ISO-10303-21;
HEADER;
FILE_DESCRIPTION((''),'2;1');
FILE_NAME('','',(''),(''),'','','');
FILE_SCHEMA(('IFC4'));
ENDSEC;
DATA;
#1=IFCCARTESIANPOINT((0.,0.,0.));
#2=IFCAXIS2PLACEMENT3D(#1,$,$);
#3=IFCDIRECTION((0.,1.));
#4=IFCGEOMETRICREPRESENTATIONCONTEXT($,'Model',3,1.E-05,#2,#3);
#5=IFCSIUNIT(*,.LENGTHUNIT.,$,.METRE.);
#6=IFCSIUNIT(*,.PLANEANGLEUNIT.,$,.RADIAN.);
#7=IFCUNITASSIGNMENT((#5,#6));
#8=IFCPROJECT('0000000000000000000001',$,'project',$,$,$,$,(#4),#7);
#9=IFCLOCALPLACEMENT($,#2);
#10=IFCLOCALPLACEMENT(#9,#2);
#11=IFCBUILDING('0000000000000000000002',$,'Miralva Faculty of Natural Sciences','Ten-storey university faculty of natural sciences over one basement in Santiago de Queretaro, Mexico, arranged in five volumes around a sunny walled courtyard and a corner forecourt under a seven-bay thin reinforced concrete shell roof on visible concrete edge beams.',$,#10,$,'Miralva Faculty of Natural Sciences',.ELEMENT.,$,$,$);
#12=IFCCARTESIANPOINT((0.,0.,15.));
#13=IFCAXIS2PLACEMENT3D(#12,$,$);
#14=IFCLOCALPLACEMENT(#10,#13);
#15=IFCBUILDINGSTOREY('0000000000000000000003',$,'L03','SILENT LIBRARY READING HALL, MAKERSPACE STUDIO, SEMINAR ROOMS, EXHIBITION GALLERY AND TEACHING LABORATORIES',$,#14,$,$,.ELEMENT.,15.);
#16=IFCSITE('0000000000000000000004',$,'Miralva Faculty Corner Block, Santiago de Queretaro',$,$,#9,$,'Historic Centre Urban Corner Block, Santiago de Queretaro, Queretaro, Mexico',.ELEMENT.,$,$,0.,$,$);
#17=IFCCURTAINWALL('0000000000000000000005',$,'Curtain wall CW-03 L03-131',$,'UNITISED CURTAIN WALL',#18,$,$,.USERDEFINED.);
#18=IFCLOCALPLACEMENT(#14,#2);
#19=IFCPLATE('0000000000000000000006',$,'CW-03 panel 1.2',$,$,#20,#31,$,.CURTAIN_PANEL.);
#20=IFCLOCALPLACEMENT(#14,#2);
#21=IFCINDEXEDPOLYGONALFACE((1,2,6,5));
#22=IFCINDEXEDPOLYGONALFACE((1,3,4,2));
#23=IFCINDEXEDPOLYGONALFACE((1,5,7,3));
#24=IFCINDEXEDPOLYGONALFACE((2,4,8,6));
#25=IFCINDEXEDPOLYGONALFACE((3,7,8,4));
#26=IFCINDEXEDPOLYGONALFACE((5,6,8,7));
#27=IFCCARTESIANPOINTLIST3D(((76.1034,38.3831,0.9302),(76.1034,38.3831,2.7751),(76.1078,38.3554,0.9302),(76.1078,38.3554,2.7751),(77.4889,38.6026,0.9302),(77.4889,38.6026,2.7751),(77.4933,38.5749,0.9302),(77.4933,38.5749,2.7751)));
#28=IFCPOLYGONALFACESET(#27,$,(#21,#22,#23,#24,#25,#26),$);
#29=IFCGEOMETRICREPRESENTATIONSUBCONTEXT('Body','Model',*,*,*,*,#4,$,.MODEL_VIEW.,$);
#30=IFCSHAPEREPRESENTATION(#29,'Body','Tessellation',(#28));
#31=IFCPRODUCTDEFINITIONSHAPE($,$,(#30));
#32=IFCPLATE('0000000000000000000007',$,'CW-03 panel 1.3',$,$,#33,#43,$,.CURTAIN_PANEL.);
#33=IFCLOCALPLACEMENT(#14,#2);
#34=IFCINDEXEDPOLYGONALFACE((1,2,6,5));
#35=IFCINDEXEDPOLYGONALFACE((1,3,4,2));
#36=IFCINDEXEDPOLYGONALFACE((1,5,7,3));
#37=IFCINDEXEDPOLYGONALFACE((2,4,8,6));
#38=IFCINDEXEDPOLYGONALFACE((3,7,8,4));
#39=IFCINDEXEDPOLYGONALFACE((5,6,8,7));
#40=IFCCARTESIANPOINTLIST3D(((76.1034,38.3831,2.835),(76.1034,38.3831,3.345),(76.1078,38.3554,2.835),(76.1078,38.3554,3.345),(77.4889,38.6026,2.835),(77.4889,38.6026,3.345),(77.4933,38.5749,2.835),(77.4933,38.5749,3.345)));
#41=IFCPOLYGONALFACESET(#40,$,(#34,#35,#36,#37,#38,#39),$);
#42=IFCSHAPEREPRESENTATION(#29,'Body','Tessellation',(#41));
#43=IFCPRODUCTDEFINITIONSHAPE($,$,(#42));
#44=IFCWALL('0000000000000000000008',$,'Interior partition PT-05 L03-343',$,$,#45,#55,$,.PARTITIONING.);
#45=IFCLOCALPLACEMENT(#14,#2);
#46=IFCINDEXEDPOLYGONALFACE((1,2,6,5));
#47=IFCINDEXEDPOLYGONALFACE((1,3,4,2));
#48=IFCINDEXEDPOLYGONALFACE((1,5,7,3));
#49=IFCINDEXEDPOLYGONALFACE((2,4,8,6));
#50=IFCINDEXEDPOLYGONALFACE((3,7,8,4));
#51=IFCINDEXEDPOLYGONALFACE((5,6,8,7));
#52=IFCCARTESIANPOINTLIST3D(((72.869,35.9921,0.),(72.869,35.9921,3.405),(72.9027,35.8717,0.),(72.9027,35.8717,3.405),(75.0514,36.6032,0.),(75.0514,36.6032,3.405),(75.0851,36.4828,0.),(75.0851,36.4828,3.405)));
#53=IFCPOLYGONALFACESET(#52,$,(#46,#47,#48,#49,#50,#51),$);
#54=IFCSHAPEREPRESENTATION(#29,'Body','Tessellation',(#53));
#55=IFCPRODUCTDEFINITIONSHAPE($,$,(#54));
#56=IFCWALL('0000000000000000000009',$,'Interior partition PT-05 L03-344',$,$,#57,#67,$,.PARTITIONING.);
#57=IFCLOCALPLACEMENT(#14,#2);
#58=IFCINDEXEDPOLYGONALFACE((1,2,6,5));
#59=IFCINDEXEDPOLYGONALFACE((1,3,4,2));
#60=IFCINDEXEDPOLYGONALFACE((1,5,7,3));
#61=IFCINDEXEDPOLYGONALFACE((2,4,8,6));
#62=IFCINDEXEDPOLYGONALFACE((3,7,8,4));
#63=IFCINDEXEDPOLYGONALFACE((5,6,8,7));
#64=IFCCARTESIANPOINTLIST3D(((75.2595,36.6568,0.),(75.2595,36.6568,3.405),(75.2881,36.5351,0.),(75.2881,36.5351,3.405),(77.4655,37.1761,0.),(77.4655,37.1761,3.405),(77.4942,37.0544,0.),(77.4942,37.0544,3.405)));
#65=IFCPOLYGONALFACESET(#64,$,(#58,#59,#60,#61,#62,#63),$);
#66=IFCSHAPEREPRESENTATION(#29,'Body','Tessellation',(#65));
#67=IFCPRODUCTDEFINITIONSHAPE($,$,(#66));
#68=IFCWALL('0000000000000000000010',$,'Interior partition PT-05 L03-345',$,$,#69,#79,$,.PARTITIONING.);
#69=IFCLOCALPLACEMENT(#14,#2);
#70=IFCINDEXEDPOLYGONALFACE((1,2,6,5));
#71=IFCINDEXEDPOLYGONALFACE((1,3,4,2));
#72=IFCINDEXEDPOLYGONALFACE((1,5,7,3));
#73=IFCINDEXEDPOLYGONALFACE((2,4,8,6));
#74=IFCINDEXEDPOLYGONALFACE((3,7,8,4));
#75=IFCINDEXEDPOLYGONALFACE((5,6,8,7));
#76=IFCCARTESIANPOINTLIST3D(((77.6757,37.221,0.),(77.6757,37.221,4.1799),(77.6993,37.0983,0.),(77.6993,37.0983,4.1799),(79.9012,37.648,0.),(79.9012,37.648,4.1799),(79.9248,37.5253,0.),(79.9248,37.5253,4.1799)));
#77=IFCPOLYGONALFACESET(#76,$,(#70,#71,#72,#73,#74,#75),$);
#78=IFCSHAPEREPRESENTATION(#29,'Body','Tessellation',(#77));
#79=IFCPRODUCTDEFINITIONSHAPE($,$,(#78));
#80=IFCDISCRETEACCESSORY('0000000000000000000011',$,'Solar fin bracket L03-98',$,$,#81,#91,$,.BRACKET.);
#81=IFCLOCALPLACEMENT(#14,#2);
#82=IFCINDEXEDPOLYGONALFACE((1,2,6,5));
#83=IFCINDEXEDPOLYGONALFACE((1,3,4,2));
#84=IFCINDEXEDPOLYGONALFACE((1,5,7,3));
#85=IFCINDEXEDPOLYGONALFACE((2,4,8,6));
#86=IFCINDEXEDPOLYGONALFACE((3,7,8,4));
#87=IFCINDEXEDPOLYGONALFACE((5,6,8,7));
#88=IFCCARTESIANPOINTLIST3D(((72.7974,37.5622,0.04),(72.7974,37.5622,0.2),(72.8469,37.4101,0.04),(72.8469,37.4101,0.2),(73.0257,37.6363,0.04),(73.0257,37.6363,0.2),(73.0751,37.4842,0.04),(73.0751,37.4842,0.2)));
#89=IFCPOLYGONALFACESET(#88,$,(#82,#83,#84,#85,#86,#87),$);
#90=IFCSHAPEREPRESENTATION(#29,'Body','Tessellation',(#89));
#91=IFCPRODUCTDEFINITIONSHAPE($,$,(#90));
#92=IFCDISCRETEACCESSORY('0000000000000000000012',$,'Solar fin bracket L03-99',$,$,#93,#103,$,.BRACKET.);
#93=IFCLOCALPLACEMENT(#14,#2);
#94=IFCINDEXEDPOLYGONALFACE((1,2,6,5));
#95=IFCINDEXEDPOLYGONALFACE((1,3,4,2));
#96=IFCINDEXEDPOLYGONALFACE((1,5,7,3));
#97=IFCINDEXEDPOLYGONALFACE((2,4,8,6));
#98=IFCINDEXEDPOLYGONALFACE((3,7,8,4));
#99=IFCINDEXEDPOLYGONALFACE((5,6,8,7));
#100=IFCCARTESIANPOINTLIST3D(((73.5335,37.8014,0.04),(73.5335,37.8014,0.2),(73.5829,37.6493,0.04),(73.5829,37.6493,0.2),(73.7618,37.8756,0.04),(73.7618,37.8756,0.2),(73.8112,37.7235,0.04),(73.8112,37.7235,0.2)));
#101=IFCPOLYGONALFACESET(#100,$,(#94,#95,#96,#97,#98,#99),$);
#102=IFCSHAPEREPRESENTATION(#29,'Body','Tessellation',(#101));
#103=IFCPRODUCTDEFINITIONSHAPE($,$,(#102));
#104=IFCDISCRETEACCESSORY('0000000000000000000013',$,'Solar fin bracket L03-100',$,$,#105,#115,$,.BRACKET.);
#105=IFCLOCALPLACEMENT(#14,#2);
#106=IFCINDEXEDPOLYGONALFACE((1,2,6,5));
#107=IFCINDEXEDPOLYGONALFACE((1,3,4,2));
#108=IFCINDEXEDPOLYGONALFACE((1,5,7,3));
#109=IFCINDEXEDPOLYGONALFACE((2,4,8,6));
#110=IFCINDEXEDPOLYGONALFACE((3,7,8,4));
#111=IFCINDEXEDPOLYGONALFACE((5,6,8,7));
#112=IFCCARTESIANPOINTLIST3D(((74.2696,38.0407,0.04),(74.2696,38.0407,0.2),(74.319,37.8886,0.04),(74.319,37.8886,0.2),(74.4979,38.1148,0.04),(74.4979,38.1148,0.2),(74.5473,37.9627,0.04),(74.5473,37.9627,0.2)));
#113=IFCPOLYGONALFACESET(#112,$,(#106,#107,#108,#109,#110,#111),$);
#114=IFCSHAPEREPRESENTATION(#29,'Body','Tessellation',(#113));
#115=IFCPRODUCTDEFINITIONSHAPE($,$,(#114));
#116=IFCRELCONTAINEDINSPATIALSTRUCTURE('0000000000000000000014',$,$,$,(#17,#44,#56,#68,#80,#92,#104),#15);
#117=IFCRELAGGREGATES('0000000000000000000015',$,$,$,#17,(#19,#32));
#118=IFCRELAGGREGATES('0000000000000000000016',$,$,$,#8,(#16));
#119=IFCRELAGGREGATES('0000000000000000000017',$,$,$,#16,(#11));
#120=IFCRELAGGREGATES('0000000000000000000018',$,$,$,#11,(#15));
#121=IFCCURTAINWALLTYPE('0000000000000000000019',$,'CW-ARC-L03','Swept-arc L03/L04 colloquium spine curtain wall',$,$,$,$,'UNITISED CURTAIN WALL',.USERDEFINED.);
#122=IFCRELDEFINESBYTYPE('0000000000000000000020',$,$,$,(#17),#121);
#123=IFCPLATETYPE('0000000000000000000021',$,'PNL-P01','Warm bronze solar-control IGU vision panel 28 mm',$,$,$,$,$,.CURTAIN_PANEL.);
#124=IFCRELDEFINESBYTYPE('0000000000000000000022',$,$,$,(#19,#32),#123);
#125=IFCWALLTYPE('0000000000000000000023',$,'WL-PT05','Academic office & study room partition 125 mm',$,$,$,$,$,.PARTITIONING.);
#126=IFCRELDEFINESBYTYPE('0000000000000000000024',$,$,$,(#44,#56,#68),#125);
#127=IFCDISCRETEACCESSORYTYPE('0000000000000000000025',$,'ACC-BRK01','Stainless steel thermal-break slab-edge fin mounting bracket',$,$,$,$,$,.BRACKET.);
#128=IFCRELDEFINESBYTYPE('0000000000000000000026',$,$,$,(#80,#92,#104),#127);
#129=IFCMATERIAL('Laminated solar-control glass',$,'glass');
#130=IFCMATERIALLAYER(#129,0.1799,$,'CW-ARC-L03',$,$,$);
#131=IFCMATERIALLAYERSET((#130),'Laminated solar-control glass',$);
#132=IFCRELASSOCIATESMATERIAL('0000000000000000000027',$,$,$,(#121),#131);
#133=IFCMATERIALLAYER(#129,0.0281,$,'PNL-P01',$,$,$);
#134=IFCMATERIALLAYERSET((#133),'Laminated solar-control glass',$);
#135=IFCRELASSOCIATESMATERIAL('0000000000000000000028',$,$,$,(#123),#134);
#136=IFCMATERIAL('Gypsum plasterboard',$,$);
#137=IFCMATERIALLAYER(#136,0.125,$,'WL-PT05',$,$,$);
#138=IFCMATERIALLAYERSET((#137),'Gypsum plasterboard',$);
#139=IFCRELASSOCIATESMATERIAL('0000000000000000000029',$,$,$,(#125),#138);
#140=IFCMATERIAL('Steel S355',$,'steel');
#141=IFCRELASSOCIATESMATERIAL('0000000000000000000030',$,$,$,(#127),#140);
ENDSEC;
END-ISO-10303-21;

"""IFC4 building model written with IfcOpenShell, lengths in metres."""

from ifc_helpers import new_model, si_unit, direction, frame, frame_2d, origin, origin_2d, place, context, subcontext, project, spatial, rectangle, extrude, material, layer, layer_set, type_object, element, aggregate, save


model = new_model("IFC4")

# Units and contexts
model_context = context("Model", 3, precision=1e-05, world=origin(), true_north=direction((0.0, 1.0)))
body_context = subcontext(model_context, "Body", "Model", "MODEL_VIEW")
ifc_project = project(units=[si_unit("LENGTHUNIT", "METRE"), si_unit("PLANEANGLEUNIT", "RADIAN")], contexts=[model_context])

# Site, building, storey
site_placement = place(None, origin())
site = spatial("IfcSite", under=ifc_project, at=site_placement, Name="Miralva Faculty Corner Block, Santiago de Queretaro", LongName="Historic Centre Urban Corner Block, Santiago de Queretaro, Queretaro, Mexico", CompositionType="ELEMENT", RefElevation=0.0)
building_placement = place(site_placement, origin())
building = spatial("IfcBuilding", under=site, at=building_placement, Name="Miralva Faculty of Natural Sciences", Description="Ten-storey university faculty of natural sciences over one basement in Santiago de Queretaro, Mexico, arranged in five volumes around a sunny walled courtyard and a corner forecourt under a seven-bay thin reinforced concrete shell roof on visible concrete edge beams.", LongName="Miralva Faculty of Natural Sciences", CompositionType="ELEMENT")
storey_placement = place(building_placement, frame((0.0, 0.0, 15.0)))
storey = spatial("IfcBuildingStorey", under=building, at=storey_placement, Name="L03", Description="SILENT LIBRARY READING HALL, MAKERSPACE STUDIO, SEMINAR ROOMS, EXHIBITION GALLERY AND TEACHING LABORATORIES", CompositionType="ELEMENT", Elevation=15.0)

# Curtain wall
ifc_material_1 = material(Name="Laminated solar-control glass", Category="glass")
ifc_layer_1 = layer(ifc_material_1, 0.1799, Name="CW-ARC-L03")
ifc_layer_set_1 = layer_set([ifc_layer_1], Name="Laminated solar-control glass")
curtain_wall_type = type_object("IfcCurtainWallType", Name="CW-ARC-L03", Description="Swept-arc L03/L04 colloquium spine curtain wall", ElementType="UNITISED CURTAIN WALL", PredefinedType="USERDEFINED", material=ifc_layer_set_1)
curtain_wall_1_placement = place(storey_placement, origin())
curtain_wall_1 = element("IfcCurtainWall", 1, at=curtain_wall_1_placement, inside=storey, type_object=curtain_wall_type, Name="Curtain wall CW-03 L03-131", ObjectType="UNITISED CURTAIN WALL", PredefinedType="USERDEFINED")

# Plates
ifc_layer_2 = layer(ifc_material_1, 0.0281, Name="PNL-P01")
ifc_layer_set_2 = layer_set([ifc_layer_2], Name="Laminated solar-control glass")
plate_type = type_object("IfcPlateType", Name="PNL-P01", Description="Warm bronze solar-control IGU vision panel 28 mm", PredefinedType="CURTAIN_PANEL", material=ifc_layer_set_2)
plate_1_placement = place(storey_placement, frame((76.7983, 38.479, 0.9302), z_axis=(0.0, 0.0, 1.0), x_axis=(0.987689, 0.156431, 0.0)))
plate_1 = element("IfcPlate", 2, at=plate_1_placement, type_object=plate_type, Name="CW-03 panel 1.2", PredefinedType="CURTAIN_PANEL", context=body_context, shape_type="SweptSolid", body=[
    extrude(rectangle(XDim=1.4028, YDim=0.0281, at=origin_2d()), origin(), (0.0, 0.0, 1.0), 1.845),
])
plate_2_placement = place(storey_placement, frame((76.7983, 38.479, 2.835), z_axis=(0.0, 0.0, 1.0), x_axis=(0.987689, 0.156431, 0.0)))
plate_2 = element("IfcPlate", 3, at=plate_2_placement, type_object=plate_type, Name="CW-03 panel 1.3", PredefinedType="CURTAIN_PANEL", context=body_context, shape_type="SweptSolid", body=[
    extrude(rectangle(XDim=1.4028, YDim=0.0281, at=origin_2d()), origin(), (0.0, 0.0, 1.0), 0.51),
])
aggregate(curtain_wall_1, [plate_1, plate_2])

# Walls
ifc_material_2 = material(Name="Gypsum plasterboard")
ifc_layer_3 = layer(ifc_material_2, 0.125, Name="WL-PT05")
ifc_layer_set_3 = layer_set([ifc_layer_3], Name="Gypsum plasterboard")
wall_type = type_object("IfcWallType", Name="WL-PT05", Description="Academic office & study room partition 125 mm", PredefinedType="PARTITIONING", material=ifc_layer_set_3)
for number, where, z_axis, x_axis, name in (
    (4, (72.8857, 35.9319, 0.0), (0.0, 0.0, 1.0), (0.962962, 0.269638, 0.0), "Interior partition PT-05 L03-343"),
    (5, (75.2737, 36.5959, 0.0), (0.0, 0.0, 1.0), (0.973396, 0.229129, 0.0), "Interior partition PT-05 L03-344"),
):
    element("IfcWall", number, at=place(storey_placement, frame(where, z_axis=z_axis, x_axis=x_axis)), inside=storey, type_object=wall_type, Name=name, PredefinedType="PARTITIONING", context=body_context, shape_type="SweptSolid", body=[
        extrude(rectangle(XDim=2.2664, YDim=0.125, at=frame_2d((1.1333, 0.0))), origin(), (0.0, 0.0, 1.0), 3.405),
    ])
wall_placement = place(storey_placement, frame((77.6875, 37.1597, 0.0), z_axis=(0.0, 0.0, 1.0), x_axis=(0.982088, 0.188424, 0.0)))
element("IfcWall", 6, at=wall_placement, inside=storey, type_object=wall_type, Name="Interior partition PT-05 L03-345", PredefinedType="PARTITIONING", context=body_context, shape_type="SweptSolid", body=[
    extrude(rectangle(XDim=2.2661, YDim=0.125, at=frame_2d((1.1331, 0.0))), origin(), (0.0, 0.0, 1.0), 4.1799),
])

# Discrete accessories
ifc_material_3 = material(Name="Steel S355", Category="steel")
discrete_accessory_type = type_object("IfcDiscreteAccessoryType", Name="ACC-BRK01", Description="Stainless steel thermal-break slab-edge fin mounting bracket", PredefinedType="BRACKET", material=ifc_material_3)
for number, where, z_axis, x_axis, name in (
    (7, (72.9363, 37.5232, 0.04), (0.0, 0.0, 1.0), (-0.309017, 0.951057, 0.0), "Solar fin bracket L03-98"),
    (8, (73.6724, 37.7625, 0.04), (0.0, 0.0, 1.0), (-0.309017, 0.951057, 0.0), "Solar fin bracket L03-99"),
    (9, (74.4084, 38.0017, 0.04), (0.0, 0.0, 1.0), (-0.309017, 0.951057, 0.0), "Solar fin bracket L03-100"),
):
    element("IfcDiscreteAccessory", number, at=place(storey_placement, frame(where, z_axis=z_axis, x_axis=x_axis)), inside=storey, type_object=discrete_accessory_type, Name=name, PredefinedType="BRACKET", context=body_context, shape_type="SweptSolid", body=[
        extrude(rectangle(XDim=0.1599, YDim=0.24, at=origin_2d()), origin(), (0.0, 0.0, 1.0), 0.1599),
    ])

save(model, "model.ifc")
